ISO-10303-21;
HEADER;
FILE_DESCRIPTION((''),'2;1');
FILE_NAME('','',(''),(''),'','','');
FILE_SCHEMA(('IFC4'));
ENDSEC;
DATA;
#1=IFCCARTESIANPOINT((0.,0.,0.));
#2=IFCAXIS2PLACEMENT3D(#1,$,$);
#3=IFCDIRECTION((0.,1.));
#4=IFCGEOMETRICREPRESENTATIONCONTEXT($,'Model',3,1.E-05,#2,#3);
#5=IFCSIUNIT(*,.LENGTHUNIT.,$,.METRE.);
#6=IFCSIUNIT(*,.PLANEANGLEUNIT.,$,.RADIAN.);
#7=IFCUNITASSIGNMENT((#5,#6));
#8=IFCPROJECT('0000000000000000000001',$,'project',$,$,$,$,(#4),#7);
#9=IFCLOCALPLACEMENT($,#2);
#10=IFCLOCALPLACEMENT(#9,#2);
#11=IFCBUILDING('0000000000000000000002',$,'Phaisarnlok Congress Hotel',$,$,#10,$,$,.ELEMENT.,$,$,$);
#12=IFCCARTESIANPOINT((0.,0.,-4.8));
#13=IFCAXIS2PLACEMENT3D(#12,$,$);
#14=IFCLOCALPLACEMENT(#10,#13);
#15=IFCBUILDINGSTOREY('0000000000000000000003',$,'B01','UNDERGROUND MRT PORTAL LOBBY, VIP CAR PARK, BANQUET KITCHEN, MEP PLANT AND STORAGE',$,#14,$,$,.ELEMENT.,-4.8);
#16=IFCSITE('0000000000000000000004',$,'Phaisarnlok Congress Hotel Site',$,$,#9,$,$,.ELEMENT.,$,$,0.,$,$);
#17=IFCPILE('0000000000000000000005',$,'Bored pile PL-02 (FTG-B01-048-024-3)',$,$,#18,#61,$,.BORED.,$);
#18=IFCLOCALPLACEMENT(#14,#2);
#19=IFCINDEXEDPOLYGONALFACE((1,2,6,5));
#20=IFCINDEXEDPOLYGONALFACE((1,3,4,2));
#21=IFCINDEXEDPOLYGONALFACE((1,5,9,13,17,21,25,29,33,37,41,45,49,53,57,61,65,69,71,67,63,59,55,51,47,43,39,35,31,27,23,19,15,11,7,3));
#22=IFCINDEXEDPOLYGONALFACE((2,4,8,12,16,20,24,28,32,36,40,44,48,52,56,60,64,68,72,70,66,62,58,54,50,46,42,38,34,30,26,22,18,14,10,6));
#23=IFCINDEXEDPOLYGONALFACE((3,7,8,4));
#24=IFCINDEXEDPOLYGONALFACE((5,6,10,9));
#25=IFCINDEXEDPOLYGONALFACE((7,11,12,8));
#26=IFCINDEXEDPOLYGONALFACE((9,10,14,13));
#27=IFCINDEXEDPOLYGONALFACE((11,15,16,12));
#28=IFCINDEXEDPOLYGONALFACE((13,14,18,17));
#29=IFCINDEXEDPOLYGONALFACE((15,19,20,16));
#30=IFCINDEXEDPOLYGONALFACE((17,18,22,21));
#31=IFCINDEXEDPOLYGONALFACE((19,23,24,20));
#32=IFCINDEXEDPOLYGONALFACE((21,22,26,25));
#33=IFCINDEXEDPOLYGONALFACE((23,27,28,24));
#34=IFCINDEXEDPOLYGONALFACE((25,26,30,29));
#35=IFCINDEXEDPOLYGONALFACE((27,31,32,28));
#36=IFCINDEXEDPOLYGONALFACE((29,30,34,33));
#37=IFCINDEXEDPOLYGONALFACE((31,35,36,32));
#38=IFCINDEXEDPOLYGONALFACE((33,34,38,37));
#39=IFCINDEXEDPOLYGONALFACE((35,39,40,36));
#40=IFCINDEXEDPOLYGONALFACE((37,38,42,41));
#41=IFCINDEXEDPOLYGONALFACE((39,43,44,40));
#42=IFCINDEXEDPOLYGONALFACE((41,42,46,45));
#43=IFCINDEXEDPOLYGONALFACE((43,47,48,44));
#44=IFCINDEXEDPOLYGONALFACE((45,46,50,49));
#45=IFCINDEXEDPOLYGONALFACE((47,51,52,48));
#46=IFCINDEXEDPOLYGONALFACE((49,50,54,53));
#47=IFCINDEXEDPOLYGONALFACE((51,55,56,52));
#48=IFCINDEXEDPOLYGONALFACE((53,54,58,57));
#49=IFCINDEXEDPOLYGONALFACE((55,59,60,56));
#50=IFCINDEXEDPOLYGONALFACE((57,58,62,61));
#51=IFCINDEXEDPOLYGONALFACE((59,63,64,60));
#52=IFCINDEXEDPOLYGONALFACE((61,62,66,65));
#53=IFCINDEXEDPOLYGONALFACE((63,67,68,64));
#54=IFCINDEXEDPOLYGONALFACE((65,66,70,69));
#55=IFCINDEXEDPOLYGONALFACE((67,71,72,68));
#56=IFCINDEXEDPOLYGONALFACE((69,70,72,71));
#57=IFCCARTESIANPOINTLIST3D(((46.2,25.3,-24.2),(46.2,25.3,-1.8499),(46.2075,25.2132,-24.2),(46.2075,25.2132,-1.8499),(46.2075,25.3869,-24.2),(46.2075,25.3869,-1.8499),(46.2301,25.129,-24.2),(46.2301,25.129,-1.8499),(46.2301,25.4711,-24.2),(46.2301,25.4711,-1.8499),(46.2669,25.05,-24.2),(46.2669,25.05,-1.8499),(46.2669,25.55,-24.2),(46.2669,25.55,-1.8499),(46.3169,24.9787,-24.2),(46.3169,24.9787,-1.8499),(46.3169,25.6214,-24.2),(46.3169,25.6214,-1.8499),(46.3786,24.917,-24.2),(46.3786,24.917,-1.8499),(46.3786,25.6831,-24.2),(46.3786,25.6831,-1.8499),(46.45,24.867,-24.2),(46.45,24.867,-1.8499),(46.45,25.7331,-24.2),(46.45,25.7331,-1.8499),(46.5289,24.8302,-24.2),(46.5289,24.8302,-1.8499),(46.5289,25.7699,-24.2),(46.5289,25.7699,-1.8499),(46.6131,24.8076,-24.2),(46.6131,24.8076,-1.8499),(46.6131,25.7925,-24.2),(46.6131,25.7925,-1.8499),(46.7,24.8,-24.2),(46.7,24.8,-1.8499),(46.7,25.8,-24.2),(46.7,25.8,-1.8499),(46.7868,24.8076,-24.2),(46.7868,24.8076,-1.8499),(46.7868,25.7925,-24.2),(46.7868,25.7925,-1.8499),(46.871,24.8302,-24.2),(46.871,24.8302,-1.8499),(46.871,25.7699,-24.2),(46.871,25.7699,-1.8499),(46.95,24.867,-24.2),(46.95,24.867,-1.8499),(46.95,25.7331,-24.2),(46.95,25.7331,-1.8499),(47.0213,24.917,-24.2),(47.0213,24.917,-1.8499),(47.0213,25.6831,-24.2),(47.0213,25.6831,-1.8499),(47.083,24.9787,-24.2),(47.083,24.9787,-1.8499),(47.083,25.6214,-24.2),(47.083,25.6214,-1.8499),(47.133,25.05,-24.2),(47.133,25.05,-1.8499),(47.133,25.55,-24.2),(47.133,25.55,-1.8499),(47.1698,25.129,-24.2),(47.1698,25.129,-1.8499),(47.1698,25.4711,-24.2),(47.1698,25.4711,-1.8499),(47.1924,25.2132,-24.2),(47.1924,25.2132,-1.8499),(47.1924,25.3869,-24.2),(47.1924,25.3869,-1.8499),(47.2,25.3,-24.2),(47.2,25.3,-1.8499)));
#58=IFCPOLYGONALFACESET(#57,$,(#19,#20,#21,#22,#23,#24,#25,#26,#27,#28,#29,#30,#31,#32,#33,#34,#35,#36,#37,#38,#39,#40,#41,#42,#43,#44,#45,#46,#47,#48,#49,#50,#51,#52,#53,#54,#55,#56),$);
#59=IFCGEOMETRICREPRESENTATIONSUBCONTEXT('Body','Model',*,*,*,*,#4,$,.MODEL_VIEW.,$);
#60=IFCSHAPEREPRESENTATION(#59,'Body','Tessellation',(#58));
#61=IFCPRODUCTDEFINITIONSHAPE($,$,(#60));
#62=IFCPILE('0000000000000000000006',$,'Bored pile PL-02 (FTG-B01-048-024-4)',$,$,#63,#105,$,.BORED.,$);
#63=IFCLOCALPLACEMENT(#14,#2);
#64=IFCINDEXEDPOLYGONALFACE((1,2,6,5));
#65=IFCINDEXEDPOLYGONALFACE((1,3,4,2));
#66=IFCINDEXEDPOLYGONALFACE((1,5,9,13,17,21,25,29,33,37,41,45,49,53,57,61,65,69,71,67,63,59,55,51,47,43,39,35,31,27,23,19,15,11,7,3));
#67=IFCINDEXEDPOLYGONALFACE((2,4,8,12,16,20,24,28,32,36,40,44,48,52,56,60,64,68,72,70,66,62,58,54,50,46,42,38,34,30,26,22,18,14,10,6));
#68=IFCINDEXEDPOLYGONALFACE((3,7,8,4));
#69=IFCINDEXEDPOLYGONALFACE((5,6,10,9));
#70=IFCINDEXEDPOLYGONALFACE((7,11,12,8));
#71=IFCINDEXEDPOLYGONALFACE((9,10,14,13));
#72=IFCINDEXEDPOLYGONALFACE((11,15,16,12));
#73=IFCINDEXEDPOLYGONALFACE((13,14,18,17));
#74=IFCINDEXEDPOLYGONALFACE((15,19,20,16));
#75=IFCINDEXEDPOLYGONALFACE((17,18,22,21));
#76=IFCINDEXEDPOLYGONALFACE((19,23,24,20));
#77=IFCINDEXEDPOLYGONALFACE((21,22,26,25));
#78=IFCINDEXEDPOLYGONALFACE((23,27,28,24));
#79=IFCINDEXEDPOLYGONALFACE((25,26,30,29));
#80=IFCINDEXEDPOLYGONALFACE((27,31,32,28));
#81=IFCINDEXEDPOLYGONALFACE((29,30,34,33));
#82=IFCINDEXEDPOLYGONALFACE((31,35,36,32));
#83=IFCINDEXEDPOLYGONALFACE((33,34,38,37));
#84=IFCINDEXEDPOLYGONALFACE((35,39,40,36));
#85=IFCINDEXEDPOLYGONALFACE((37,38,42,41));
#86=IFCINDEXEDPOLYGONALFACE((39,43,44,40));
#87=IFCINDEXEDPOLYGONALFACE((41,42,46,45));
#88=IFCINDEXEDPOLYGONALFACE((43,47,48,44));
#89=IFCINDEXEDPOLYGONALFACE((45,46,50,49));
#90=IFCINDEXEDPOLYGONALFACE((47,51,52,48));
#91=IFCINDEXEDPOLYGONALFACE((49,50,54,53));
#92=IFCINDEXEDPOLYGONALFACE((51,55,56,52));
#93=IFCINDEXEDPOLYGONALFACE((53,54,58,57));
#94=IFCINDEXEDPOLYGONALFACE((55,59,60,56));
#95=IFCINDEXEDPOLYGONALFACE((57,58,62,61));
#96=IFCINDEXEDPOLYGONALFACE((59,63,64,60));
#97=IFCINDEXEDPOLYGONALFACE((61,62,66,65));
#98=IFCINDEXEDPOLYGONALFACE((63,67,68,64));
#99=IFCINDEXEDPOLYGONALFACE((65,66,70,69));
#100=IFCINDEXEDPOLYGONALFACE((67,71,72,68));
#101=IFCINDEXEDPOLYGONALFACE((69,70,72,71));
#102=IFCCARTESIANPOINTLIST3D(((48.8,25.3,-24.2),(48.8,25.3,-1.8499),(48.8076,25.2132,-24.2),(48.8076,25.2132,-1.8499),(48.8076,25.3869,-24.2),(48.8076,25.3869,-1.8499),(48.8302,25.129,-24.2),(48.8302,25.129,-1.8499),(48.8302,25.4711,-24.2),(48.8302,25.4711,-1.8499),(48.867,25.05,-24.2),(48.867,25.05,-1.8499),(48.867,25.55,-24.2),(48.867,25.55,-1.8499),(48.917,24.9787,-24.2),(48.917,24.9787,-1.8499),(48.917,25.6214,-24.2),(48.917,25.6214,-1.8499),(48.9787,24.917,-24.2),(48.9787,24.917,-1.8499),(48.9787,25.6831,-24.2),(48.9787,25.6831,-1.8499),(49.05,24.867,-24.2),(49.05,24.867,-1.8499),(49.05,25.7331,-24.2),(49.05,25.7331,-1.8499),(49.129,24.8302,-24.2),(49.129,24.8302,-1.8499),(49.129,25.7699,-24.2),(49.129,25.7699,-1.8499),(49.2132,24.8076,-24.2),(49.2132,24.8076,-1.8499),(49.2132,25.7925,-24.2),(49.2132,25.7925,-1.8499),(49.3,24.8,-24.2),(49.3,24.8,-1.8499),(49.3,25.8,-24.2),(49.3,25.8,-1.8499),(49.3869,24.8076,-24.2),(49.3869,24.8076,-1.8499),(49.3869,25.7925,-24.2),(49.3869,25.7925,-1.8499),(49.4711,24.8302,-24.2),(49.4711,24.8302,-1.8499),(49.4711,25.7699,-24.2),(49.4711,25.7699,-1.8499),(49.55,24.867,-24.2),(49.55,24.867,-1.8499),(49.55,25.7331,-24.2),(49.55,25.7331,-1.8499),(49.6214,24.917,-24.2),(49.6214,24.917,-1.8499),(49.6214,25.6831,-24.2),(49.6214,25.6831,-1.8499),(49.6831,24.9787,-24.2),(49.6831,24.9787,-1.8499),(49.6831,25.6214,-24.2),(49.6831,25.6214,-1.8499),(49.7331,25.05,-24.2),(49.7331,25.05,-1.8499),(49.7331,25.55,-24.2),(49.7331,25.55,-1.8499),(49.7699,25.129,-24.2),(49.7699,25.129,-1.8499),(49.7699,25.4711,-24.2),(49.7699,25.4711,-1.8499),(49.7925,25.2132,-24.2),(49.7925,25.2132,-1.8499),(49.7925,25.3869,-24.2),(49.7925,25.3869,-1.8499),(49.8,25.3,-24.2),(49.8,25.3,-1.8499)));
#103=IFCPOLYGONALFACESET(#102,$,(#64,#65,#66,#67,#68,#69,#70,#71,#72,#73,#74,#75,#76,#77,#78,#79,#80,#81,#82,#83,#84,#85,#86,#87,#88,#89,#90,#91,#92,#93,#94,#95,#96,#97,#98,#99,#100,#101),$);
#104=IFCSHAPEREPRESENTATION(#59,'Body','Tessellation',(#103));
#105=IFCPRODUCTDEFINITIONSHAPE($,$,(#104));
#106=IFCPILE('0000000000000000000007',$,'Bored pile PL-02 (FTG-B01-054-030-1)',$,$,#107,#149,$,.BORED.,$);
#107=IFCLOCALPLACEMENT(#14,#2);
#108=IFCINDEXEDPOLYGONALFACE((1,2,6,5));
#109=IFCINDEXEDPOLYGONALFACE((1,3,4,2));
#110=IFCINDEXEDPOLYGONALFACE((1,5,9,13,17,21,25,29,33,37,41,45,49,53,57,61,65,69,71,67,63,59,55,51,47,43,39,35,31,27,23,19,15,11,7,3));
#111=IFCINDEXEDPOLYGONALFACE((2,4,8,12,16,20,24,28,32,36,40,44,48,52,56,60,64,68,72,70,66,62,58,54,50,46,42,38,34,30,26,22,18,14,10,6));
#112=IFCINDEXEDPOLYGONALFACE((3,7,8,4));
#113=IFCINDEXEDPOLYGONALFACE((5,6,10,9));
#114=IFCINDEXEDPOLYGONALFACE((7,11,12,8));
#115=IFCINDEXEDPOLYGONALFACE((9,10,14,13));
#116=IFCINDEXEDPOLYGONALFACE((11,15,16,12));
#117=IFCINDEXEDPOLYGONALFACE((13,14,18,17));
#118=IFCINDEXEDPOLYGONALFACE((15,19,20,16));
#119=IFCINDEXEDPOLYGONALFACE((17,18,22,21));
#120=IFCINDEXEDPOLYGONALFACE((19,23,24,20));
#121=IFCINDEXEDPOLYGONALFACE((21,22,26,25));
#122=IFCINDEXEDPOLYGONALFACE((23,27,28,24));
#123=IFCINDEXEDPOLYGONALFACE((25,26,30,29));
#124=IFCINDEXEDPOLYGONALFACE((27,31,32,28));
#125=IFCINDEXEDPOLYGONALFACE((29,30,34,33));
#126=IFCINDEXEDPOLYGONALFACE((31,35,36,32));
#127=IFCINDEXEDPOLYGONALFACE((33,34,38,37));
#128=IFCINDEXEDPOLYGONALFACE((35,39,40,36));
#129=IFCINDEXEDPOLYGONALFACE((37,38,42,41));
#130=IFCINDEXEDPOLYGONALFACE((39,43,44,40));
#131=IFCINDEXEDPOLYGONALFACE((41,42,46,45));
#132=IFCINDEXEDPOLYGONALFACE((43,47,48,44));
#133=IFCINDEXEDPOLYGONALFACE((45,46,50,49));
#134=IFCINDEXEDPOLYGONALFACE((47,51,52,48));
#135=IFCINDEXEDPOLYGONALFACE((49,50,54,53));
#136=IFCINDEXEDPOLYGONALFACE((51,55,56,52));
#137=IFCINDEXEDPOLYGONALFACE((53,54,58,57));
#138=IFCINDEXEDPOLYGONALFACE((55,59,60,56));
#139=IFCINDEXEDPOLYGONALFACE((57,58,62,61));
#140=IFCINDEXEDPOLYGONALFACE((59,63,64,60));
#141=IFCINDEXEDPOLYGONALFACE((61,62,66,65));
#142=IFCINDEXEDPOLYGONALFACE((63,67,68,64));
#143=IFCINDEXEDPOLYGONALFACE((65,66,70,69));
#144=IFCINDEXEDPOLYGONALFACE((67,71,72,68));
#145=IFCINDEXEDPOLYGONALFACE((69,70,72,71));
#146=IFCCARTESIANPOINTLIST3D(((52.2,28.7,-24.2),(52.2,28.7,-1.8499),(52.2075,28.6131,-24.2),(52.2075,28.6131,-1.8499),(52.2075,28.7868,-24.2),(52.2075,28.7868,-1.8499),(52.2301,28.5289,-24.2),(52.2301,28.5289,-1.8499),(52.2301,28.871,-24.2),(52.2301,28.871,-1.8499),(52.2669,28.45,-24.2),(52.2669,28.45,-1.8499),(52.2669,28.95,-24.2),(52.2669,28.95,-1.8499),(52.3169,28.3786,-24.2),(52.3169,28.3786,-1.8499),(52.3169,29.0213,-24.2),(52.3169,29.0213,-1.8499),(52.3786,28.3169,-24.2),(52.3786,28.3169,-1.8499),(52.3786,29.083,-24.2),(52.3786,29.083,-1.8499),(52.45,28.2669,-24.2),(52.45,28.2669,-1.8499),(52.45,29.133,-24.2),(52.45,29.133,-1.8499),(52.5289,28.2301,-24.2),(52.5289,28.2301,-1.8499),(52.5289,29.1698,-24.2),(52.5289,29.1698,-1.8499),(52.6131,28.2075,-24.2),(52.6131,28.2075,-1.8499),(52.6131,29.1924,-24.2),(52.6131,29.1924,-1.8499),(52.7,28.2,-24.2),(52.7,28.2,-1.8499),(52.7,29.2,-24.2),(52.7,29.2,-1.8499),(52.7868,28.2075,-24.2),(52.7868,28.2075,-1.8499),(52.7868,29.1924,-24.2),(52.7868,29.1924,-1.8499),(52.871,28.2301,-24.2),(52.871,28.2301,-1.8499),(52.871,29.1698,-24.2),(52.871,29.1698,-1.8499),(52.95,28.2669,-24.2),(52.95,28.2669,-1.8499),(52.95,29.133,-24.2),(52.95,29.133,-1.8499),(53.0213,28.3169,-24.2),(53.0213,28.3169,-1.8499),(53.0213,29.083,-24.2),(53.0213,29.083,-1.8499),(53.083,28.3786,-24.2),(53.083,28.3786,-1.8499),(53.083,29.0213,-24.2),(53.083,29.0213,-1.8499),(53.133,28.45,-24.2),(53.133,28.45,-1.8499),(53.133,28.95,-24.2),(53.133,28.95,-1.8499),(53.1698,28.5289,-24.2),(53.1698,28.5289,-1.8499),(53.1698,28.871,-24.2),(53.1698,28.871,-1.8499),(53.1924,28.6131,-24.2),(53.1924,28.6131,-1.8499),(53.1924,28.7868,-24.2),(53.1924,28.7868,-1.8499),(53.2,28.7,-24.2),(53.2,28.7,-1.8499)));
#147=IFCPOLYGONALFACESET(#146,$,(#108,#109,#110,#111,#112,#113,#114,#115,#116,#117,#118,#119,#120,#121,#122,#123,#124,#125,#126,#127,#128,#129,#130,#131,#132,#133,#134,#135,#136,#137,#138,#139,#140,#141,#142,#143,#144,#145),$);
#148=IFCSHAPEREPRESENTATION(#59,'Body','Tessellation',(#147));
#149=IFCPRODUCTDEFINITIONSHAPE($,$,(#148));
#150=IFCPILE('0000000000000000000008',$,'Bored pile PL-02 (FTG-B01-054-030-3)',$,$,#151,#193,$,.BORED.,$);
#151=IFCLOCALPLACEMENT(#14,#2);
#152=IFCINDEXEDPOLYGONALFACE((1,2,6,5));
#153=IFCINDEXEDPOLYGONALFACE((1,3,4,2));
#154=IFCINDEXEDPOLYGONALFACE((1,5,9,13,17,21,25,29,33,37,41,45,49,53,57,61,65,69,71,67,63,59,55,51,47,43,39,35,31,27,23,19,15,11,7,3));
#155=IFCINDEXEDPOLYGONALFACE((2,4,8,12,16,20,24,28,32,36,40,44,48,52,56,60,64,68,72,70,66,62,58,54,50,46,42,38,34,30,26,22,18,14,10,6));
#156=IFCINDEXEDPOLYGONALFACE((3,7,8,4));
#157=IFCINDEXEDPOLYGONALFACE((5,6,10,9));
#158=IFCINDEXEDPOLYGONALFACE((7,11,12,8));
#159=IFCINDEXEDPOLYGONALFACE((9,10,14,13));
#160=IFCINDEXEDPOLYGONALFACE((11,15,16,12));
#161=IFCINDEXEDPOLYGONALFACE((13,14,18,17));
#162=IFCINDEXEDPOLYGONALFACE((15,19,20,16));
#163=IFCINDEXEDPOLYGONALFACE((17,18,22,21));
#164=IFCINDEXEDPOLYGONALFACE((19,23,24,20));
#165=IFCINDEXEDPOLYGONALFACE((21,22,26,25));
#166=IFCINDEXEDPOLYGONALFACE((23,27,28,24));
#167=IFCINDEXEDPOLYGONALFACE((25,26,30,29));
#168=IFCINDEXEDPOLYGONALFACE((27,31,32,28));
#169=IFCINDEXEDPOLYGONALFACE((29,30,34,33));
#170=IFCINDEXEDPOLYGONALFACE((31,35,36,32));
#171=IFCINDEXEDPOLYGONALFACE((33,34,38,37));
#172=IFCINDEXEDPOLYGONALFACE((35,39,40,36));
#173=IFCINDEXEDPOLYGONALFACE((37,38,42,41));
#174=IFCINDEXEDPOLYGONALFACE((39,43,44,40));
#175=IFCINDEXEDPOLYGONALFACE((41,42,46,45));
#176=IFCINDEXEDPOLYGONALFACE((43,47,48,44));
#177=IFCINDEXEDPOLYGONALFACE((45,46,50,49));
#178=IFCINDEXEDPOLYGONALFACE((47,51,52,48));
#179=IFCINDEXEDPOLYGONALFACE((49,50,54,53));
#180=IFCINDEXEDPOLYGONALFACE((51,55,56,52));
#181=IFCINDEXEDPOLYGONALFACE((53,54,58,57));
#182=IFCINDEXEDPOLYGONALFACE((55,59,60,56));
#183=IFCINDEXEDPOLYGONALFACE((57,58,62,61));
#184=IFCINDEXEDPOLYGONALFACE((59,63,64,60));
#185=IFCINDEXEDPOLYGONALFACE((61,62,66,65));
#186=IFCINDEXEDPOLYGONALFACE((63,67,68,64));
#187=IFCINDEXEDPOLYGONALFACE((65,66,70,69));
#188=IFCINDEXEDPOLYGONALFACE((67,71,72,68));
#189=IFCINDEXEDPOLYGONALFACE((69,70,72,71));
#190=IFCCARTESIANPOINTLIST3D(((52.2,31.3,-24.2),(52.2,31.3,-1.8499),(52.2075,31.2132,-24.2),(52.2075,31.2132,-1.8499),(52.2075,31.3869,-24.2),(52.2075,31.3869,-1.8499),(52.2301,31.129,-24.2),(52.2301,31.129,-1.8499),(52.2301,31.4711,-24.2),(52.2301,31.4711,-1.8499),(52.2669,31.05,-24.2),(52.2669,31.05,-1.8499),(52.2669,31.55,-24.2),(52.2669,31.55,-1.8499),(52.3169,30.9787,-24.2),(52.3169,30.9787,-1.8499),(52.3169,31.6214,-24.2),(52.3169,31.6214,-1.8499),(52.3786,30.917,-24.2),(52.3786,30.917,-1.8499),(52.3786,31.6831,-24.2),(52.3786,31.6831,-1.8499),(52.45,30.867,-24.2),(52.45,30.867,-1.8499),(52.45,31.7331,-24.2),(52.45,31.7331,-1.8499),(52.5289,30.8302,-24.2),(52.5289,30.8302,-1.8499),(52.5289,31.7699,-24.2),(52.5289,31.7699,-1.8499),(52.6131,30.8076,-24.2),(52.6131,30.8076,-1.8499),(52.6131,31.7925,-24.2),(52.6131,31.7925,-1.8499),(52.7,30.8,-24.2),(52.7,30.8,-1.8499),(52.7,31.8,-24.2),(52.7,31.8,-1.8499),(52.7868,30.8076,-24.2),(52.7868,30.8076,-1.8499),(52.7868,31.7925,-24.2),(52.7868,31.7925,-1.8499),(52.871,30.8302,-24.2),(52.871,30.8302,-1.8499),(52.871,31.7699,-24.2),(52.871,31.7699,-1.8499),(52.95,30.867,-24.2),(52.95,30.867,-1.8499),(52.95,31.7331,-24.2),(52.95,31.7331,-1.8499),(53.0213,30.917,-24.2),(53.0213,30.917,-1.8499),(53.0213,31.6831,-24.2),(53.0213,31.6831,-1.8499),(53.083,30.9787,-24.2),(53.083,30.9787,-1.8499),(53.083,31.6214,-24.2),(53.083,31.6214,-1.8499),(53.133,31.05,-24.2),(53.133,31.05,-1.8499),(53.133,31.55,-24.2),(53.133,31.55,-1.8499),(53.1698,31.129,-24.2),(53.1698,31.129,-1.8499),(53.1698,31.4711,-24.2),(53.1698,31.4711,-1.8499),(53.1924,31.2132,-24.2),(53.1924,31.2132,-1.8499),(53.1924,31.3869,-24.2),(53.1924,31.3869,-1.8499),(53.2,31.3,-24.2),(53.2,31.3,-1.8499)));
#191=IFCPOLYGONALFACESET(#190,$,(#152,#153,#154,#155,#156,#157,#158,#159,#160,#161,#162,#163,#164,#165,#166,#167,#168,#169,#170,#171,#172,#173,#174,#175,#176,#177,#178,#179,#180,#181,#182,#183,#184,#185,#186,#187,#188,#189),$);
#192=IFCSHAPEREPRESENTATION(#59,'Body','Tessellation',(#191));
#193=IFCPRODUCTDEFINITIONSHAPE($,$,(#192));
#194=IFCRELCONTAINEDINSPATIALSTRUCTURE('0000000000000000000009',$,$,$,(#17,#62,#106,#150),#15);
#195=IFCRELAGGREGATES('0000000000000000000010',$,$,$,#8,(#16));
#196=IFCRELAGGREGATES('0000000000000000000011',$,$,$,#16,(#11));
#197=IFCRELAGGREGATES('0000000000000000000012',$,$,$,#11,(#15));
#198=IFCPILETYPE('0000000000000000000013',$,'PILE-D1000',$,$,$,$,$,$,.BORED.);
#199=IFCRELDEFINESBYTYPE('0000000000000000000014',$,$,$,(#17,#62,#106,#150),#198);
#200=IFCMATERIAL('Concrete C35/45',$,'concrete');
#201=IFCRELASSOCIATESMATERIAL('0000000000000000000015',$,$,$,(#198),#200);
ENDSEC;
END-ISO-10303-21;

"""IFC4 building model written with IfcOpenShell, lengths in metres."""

from ifc_helpers import new_model, si_unit, direction, frame, origin, origin_2d, place, context, subcontext, project, spatial, circle, extrude, material, material_profile, profile_set, type_object, element, save


model = new_model("IFC4")

# Units and contexts
model_context = context("Model", 3, precision=1e-05, world=origin(), true_north=direction((0.0, 1.0)))
body_context = subcontext(model_context, "Body", "Model", "MODEL_VIEW")
ifc_project = project(units=[si_unit("LENGTHUNIT", "METRE"), si_unit("PLANEANGLEUNIT", "RADIAN")], contexts=[model_context])

# Site, building, storey
site_placement = place(None, origin())
site = spatial("IfcSite", under=ifc_project, at=site_placement, Name="Phaisarnlok Congress Hotel Site", CompositionType="ELEMENT", RefElevation=0.0)
building_placement = place(site_placement, origin())
building = spatial("IfcBuilding", under=site, at=building_placement, Name="Phaisarnlok Congress Hotel", CompositionType="ELEMENT")
storey_placement = place(building_placement, frame((0.0, 0.0, -4.8)))
storey = spatial("IfcBuildingStorey", under=building, at=storey_placement, Name="B01", Description="UNDERGROUND MRT PORTAL LOBBY, VIP CAR PARK, BANQUET KITCHEN, MEP PLANT AND STORAGE", CompositionType="ELEMENT", Elevation=-4.8)

# Piles
ifc_material_1 = material(Name="Concrete C35/45", Category="concrete")
ifc_material_profile_1 = material_profile(ifc_material_1, circle(Radius=0.5, at=origin_2d()), Name="BORED PILE D1000")
ifc_profile_set_1 = profile_set([ifc_material_profile_1], Name="Concrete C35/45")
pile_type_1 = type_object("IfcPileType", Name="PILE-D1000", PredefinedType="BORED", material=ifc_profile_set_1)
for number, where, z_axis, x_axis, name in (
    (1, (46.7, 25.3, -1.8499), (0.0, 0.0, -1.0), (1.0, 0.0, 0.0), "Bored pile PL-02 (FTG-B01-048-024-3)"),
    (2, (49.3, 25.3, -1.8499), (0.0, 0.0, -1.0), (1.0, 0.0, 0.0), "Bored pile PL-02 (FTG-B01-048-024-4)"),
    (3, (52.7, 28.7, -1.8499), (0.0, 0.0, -1.0), (1.0, 0.0, 0.0), "Bored pile PL-02 (FTG-B01-054-030-1)"),
    (4, (52.7, 31.3, -1.8499), (0.0, 0.0, -1.0), (1.0, 0.0, 0.0), "Bored pile PL-02 (FTG-B01-054-030-3)"),
):
    element("IfcPile", number, at=place(storey_placement, frame(where, z_axis=z_axis, x_axis=x_axis)), inside=storey, type_object=pile_type_1, Name=name, PredefinedType="BORED", context=body_context, shape_type="SweptSolid", body=[
        extrude(circle(Radius=0.5, at=origin_2d()), origin(), (0.0, 0.0, 1.0), 22.3501),
    ])

save(model, "model.ifc")
